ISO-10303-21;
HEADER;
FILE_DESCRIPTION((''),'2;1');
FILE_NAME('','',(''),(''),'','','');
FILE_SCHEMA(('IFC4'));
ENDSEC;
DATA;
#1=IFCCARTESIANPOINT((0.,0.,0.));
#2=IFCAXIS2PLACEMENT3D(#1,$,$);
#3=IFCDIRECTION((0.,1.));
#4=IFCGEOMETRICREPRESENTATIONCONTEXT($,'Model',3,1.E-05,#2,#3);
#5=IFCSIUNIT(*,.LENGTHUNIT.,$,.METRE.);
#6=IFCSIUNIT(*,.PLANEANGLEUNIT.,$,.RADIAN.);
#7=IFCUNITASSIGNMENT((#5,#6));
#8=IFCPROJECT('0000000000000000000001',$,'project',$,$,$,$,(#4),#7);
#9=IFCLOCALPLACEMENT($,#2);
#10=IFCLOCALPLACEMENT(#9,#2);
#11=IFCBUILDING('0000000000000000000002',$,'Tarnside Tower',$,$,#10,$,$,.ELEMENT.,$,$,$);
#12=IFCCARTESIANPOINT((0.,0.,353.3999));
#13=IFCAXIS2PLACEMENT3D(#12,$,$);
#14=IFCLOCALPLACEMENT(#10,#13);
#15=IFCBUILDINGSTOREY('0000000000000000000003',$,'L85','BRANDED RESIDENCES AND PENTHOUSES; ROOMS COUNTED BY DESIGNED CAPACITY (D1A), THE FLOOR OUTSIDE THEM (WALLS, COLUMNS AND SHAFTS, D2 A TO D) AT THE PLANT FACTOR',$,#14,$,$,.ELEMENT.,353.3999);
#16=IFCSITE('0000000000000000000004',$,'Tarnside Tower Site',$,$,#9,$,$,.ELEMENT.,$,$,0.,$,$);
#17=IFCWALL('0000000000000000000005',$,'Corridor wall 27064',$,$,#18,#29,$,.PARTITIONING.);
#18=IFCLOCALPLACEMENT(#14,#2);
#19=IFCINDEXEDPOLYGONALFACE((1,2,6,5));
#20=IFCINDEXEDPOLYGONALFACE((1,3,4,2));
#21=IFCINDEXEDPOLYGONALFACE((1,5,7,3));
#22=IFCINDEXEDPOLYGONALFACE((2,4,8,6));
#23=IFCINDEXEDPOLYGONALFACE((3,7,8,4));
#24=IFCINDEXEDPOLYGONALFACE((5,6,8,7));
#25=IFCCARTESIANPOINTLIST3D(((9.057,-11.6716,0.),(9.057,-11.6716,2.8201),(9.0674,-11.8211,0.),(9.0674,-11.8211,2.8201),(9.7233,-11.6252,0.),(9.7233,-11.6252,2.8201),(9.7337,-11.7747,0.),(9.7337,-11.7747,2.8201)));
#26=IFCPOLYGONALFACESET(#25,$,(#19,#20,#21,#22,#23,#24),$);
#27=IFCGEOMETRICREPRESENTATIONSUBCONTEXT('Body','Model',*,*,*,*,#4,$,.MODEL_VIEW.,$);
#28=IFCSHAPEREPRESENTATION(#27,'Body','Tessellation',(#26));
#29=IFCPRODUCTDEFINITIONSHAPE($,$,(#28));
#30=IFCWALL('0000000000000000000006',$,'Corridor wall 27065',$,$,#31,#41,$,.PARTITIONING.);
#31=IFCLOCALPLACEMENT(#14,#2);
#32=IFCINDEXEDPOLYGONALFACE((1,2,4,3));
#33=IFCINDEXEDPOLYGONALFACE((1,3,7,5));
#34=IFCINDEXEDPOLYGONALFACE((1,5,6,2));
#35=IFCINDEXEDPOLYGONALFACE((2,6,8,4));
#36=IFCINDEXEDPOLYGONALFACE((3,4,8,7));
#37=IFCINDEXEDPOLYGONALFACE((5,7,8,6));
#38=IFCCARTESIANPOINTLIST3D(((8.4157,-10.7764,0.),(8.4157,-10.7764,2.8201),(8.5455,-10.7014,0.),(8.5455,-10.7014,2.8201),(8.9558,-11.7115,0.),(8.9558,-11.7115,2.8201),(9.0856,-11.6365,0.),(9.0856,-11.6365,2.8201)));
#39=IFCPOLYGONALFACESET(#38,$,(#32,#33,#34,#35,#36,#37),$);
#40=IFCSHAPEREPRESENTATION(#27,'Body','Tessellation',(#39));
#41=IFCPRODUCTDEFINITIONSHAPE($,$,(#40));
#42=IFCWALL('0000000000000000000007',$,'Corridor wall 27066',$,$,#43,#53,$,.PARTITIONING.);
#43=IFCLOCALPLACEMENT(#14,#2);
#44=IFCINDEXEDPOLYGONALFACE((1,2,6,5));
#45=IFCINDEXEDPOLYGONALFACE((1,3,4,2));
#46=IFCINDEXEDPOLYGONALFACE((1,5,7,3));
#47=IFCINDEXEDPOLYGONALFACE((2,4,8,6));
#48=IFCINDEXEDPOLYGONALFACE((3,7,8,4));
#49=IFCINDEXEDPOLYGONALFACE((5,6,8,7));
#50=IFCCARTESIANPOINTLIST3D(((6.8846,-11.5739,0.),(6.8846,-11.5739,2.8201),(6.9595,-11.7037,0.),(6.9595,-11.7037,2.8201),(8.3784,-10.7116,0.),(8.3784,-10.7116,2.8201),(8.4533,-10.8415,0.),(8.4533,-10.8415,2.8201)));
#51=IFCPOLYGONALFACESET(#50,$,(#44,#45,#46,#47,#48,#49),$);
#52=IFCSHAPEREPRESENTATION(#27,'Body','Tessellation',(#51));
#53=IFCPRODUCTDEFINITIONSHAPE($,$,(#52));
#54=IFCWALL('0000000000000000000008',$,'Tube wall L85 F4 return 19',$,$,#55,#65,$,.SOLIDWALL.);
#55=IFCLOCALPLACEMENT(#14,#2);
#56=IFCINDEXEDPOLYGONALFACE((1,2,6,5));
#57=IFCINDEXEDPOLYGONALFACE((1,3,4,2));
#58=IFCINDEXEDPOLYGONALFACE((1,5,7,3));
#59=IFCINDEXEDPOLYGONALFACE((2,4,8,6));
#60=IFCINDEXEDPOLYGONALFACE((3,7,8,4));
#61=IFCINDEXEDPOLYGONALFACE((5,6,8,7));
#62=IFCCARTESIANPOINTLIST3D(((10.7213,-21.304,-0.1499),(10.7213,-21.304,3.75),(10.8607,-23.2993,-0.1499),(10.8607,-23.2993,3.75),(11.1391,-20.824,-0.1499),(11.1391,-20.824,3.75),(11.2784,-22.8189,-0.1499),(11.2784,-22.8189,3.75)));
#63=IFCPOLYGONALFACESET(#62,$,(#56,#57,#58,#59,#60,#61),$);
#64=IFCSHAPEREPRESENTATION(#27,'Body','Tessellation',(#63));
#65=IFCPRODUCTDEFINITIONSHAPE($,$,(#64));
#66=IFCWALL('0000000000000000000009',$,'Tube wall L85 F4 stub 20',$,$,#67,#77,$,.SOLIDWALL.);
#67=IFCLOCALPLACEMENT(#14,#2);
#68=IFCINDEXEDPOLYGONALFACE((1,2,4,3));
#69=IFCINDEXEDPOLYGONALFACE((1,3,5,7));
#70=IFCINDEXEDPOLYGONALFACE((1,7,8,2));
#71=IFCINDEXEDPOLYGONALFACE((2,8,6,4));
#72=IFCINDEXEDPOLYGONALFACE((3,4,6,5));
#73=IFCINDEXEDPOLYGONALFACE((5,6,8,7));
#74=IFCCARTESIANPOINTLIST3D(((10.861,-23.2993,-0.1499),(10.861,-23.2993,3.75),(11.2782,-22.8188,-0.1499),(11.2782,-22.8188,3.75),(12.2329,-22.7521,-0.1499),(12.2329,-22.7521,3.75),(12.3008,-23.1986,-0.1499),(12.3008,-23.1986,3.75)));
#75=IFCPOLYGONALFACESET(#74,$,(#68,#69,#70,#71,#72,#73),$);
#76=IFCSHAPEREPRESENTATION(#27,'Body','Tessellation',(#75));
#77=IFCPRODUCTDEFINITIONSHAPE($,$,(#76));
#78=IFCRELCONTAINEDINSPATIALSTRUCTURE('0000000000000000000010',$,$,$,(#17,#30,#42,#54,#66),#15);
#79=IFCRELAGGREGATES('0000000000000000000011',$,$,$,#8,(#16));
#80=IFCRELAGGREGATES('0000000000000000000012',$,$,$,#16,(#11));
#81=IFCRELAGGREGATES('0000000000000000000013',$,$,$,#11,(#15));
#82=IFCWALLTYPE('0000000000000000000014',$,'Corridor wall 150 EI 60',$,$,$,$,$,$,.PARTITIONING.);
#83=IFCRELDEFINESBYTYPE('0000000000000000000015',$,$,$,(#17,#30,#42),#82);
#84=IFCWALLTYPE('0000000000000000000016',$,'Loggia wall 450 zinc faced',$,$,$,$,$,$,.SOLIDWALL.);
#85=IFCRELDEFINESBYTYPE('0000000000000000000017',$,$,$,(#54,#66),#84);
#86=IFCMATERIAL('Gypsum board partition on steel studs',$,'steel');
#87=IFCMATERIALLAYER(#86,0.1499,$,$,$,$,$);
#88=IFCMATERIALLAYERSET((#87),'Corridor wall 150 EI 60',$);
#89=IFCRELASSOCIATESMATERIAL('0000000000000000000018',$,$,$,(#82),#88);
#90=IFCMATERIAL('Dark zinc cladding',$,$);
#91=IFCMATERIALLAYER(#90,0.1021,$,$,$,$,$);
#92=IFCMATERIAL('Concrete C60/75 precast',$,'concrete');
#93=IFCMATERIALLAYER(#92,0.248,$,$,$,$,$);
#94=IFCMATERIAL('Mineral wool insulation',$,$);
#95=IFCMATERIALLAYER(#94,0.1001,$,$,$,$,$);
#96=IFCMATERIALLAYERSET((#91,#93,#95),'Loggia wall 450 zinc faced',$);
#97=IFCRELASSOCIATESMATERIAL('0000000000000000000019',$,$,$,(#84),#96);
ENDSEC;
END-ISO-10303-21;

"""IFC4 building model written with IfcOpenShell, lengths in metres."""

from ifc_helpers import new_model, si_unit, direction, frame, frame_2d, origin, place, context, subcontext, project, spatial, polyline, rectangle, outline, extrude, material, layer, layer_set, type_object, element, save


model = new_model("IFC4")

# Units and contexts
model_context = context("Model", 3, precision=1e-05, world=origin(), true_north=direction((0.0, 1.0)))
body_context = subcontext(model_context, "Body", "Model", "MODEL_VIEW")
ifc_project = project(units=[si_unit("LENGTHUNIT", "METRE"), si_unit("PLANEANGLEUNIT", "RADIAN")], contexts=[model_context])

# Site, building, storey
site_placement = place(None, origin())
site = spatial("IfcSite", under=ifc_project, at=site_placement, Name="Tarnside Tower Site", CompositionType="ELEMENT", RefElevation=0.0)
building_placement = place(site_placement, origin())
building = spatial("IfcBuilding", under=site, at=building_placement, Name="Tarnside Tower", CompositionType="ELEMENT")
storey_placement = place(building_placement, frame((0.0, 0.0, 353.3999)))
storey = spatial("IfcBuildingStorey", under=building, at=storey_placement, Name="L85", Description="BRANDED RESIDENCES AND PENTHOUSES; ROOMS COUNTED BY DESIGNED CAPACITY (D1A), THE FLOOR OUTSIDE THEM (WALLS, COLUMNS AND SHAFTS, D2 A TO D) AT THE PLANT FACTOR", CompositionType="ELEMENT", Elevation=353.3999)

# Shared definitions
ifc_material_1 = material(Name="Gypsum board partition on steel studs", Category="steel")
ifc_layer_1 = layer(ifc_material_1, 0.1499)
ifc_layer_set_1 = layer_set([ifc_layer_1], Name="Corridor wall 150 EI 60")
wall_type_1 = type_object("IfcWallType", Name="Corridor wall 150 EI 60", PredefinedType="PARTITIONING", material=ifc_layer_set_1)

# Walls
wall_1_placement = place(storey_placement, frame((9.7285, -11.7, 0.0), z_axis=(0.0, 0.0, 1.0), x_axis=(-0.997585, -0.069454, 0.0)))
element("IfcWall", 1, at=wall_1_placement, inside=storey, type_object=wall_type_1, Name="Corridor wall 27064", PredefinedType="PARTITIONING", context=body_context, shape_type="SweptSolid", body=[
    extrude(rectangle(XDim=0.668, YDim=0.1499, at=frame_2d((0.334, 0.0))), origin(), (0.0, 0.0, 1.0), 2.8201),
])
wall_2_placement = place(storey_placement, frame((9.0208, -11.6741, 0.0), z_axis=(0.0, 0.0, 1.0), x_axis=(-0.500127, 0.865952, 0.0)))
element("IfcWall", 2, at=wall_2_placement, inside=storey, type_object=wall_type_1, Name="Corridor wall 27065", PredefinedType="PARTITIONING", context=body_context, shape_type="SweptSolid", body=[
    extrude(rectangle(XDim=1.0798, YDim=0.1499, at=frame_2d((0.54, 0.0))), origin(), (0.0, 0.0, 1.0), 2.8201),
])
wall_3_placement = place(storey_placement, frame((8.4158, -10.7766, 0.0), z_axis=(0.0, 0.0, 1.0), x_axis=(-0.866075, -0.499914, 0.0)))
element("IfcWall", 3, at=wall_3_placement, inside=storey, type_object=wall_type_1, Name="Corridor wall 27066", PredefinedType="PARTITIONING", context=body_context, shape_type="SweptSolid", body=[
    extrude(rectangle(XDim=1.7249, YDim=0.1499, at=frame_2d((0.8623, 0.0))), origin(), (0.0, 0.0, 1.0), 2.8201),
])
ifc_material_2 = material(Name="Dark zinc cladding")
ifc_layer_2 = layer(ifc_material_2, 0.1021)
ifc_material_3 = material(Name="Concrete C60/75 precast", Category="concrete")
ifc_layer_3 = layer(ifc_material_3, 0.248)
ifc_material_4 = material(Name="Mineral wool insulation")
ifc_layer_4 = layer(ifc_material_4, 0.1001)
ifc_layer_set_2 = layer_set([ifc_layer_2, ifc_layer_3, ifc_layer_4], Name="Loggia wall 450 zinc faced")
wall_type_2 = type_object("IfcWallType", Name="Loggia wall 450 zinc faced", PredefinedType="SOLIDWALL", material=ifc_layer_set_2)
wall_4_placement = place(storey_placement, frame((10.9302, -21.064, -0.1499), z_axis=(0.0, 0.0, 1.0), x_axis=(0.069703, -0.997568, 0.0)))
element("IfcWall", 4, at=wall_4_placement, inside=storey, type_object=wall_type_2, Name="Tube wall L85 F4 return 19", PredefinedType="SOLIDWALL", context=body_context, shape_type="SweptSolid", body=[
    extrude(outline(polyline([(0.2249, -0.2251), (2.2251, -0.2251), (1.7749, 0.2251), (-0.2249, 0.2251), (0.2249, -0.2251)])), origin(), (0.0, 0.0, 1.0), 3.8999),
])
wall_5_placement = place(storey_placement, frame((11.0696, -23.0591, -0.1499), z_axis=(0.0, 0.0, 1.0), x_axis=(0.997563, 0.069772, 0.0)))
element("IfcWall", 5, at=wall_5_placement, inside=storey, type_object=wall_type_2, Name="Tube wall L85 F4 stub 20", PredefinedType="SOLIDWALL", context=body_context, shape_type="SweptSolid", body=[
    extrude(outline(polyline([(-0.2249, -0.2251), (1.2185, -0.2251), (1.1819, 0.2251), (0.2249, 0.2251), (-0.2249, -0.2251)])), origin(), (0.0, 0.0, 1.0), 3.8999),
])

save(model, "model.ifc")
